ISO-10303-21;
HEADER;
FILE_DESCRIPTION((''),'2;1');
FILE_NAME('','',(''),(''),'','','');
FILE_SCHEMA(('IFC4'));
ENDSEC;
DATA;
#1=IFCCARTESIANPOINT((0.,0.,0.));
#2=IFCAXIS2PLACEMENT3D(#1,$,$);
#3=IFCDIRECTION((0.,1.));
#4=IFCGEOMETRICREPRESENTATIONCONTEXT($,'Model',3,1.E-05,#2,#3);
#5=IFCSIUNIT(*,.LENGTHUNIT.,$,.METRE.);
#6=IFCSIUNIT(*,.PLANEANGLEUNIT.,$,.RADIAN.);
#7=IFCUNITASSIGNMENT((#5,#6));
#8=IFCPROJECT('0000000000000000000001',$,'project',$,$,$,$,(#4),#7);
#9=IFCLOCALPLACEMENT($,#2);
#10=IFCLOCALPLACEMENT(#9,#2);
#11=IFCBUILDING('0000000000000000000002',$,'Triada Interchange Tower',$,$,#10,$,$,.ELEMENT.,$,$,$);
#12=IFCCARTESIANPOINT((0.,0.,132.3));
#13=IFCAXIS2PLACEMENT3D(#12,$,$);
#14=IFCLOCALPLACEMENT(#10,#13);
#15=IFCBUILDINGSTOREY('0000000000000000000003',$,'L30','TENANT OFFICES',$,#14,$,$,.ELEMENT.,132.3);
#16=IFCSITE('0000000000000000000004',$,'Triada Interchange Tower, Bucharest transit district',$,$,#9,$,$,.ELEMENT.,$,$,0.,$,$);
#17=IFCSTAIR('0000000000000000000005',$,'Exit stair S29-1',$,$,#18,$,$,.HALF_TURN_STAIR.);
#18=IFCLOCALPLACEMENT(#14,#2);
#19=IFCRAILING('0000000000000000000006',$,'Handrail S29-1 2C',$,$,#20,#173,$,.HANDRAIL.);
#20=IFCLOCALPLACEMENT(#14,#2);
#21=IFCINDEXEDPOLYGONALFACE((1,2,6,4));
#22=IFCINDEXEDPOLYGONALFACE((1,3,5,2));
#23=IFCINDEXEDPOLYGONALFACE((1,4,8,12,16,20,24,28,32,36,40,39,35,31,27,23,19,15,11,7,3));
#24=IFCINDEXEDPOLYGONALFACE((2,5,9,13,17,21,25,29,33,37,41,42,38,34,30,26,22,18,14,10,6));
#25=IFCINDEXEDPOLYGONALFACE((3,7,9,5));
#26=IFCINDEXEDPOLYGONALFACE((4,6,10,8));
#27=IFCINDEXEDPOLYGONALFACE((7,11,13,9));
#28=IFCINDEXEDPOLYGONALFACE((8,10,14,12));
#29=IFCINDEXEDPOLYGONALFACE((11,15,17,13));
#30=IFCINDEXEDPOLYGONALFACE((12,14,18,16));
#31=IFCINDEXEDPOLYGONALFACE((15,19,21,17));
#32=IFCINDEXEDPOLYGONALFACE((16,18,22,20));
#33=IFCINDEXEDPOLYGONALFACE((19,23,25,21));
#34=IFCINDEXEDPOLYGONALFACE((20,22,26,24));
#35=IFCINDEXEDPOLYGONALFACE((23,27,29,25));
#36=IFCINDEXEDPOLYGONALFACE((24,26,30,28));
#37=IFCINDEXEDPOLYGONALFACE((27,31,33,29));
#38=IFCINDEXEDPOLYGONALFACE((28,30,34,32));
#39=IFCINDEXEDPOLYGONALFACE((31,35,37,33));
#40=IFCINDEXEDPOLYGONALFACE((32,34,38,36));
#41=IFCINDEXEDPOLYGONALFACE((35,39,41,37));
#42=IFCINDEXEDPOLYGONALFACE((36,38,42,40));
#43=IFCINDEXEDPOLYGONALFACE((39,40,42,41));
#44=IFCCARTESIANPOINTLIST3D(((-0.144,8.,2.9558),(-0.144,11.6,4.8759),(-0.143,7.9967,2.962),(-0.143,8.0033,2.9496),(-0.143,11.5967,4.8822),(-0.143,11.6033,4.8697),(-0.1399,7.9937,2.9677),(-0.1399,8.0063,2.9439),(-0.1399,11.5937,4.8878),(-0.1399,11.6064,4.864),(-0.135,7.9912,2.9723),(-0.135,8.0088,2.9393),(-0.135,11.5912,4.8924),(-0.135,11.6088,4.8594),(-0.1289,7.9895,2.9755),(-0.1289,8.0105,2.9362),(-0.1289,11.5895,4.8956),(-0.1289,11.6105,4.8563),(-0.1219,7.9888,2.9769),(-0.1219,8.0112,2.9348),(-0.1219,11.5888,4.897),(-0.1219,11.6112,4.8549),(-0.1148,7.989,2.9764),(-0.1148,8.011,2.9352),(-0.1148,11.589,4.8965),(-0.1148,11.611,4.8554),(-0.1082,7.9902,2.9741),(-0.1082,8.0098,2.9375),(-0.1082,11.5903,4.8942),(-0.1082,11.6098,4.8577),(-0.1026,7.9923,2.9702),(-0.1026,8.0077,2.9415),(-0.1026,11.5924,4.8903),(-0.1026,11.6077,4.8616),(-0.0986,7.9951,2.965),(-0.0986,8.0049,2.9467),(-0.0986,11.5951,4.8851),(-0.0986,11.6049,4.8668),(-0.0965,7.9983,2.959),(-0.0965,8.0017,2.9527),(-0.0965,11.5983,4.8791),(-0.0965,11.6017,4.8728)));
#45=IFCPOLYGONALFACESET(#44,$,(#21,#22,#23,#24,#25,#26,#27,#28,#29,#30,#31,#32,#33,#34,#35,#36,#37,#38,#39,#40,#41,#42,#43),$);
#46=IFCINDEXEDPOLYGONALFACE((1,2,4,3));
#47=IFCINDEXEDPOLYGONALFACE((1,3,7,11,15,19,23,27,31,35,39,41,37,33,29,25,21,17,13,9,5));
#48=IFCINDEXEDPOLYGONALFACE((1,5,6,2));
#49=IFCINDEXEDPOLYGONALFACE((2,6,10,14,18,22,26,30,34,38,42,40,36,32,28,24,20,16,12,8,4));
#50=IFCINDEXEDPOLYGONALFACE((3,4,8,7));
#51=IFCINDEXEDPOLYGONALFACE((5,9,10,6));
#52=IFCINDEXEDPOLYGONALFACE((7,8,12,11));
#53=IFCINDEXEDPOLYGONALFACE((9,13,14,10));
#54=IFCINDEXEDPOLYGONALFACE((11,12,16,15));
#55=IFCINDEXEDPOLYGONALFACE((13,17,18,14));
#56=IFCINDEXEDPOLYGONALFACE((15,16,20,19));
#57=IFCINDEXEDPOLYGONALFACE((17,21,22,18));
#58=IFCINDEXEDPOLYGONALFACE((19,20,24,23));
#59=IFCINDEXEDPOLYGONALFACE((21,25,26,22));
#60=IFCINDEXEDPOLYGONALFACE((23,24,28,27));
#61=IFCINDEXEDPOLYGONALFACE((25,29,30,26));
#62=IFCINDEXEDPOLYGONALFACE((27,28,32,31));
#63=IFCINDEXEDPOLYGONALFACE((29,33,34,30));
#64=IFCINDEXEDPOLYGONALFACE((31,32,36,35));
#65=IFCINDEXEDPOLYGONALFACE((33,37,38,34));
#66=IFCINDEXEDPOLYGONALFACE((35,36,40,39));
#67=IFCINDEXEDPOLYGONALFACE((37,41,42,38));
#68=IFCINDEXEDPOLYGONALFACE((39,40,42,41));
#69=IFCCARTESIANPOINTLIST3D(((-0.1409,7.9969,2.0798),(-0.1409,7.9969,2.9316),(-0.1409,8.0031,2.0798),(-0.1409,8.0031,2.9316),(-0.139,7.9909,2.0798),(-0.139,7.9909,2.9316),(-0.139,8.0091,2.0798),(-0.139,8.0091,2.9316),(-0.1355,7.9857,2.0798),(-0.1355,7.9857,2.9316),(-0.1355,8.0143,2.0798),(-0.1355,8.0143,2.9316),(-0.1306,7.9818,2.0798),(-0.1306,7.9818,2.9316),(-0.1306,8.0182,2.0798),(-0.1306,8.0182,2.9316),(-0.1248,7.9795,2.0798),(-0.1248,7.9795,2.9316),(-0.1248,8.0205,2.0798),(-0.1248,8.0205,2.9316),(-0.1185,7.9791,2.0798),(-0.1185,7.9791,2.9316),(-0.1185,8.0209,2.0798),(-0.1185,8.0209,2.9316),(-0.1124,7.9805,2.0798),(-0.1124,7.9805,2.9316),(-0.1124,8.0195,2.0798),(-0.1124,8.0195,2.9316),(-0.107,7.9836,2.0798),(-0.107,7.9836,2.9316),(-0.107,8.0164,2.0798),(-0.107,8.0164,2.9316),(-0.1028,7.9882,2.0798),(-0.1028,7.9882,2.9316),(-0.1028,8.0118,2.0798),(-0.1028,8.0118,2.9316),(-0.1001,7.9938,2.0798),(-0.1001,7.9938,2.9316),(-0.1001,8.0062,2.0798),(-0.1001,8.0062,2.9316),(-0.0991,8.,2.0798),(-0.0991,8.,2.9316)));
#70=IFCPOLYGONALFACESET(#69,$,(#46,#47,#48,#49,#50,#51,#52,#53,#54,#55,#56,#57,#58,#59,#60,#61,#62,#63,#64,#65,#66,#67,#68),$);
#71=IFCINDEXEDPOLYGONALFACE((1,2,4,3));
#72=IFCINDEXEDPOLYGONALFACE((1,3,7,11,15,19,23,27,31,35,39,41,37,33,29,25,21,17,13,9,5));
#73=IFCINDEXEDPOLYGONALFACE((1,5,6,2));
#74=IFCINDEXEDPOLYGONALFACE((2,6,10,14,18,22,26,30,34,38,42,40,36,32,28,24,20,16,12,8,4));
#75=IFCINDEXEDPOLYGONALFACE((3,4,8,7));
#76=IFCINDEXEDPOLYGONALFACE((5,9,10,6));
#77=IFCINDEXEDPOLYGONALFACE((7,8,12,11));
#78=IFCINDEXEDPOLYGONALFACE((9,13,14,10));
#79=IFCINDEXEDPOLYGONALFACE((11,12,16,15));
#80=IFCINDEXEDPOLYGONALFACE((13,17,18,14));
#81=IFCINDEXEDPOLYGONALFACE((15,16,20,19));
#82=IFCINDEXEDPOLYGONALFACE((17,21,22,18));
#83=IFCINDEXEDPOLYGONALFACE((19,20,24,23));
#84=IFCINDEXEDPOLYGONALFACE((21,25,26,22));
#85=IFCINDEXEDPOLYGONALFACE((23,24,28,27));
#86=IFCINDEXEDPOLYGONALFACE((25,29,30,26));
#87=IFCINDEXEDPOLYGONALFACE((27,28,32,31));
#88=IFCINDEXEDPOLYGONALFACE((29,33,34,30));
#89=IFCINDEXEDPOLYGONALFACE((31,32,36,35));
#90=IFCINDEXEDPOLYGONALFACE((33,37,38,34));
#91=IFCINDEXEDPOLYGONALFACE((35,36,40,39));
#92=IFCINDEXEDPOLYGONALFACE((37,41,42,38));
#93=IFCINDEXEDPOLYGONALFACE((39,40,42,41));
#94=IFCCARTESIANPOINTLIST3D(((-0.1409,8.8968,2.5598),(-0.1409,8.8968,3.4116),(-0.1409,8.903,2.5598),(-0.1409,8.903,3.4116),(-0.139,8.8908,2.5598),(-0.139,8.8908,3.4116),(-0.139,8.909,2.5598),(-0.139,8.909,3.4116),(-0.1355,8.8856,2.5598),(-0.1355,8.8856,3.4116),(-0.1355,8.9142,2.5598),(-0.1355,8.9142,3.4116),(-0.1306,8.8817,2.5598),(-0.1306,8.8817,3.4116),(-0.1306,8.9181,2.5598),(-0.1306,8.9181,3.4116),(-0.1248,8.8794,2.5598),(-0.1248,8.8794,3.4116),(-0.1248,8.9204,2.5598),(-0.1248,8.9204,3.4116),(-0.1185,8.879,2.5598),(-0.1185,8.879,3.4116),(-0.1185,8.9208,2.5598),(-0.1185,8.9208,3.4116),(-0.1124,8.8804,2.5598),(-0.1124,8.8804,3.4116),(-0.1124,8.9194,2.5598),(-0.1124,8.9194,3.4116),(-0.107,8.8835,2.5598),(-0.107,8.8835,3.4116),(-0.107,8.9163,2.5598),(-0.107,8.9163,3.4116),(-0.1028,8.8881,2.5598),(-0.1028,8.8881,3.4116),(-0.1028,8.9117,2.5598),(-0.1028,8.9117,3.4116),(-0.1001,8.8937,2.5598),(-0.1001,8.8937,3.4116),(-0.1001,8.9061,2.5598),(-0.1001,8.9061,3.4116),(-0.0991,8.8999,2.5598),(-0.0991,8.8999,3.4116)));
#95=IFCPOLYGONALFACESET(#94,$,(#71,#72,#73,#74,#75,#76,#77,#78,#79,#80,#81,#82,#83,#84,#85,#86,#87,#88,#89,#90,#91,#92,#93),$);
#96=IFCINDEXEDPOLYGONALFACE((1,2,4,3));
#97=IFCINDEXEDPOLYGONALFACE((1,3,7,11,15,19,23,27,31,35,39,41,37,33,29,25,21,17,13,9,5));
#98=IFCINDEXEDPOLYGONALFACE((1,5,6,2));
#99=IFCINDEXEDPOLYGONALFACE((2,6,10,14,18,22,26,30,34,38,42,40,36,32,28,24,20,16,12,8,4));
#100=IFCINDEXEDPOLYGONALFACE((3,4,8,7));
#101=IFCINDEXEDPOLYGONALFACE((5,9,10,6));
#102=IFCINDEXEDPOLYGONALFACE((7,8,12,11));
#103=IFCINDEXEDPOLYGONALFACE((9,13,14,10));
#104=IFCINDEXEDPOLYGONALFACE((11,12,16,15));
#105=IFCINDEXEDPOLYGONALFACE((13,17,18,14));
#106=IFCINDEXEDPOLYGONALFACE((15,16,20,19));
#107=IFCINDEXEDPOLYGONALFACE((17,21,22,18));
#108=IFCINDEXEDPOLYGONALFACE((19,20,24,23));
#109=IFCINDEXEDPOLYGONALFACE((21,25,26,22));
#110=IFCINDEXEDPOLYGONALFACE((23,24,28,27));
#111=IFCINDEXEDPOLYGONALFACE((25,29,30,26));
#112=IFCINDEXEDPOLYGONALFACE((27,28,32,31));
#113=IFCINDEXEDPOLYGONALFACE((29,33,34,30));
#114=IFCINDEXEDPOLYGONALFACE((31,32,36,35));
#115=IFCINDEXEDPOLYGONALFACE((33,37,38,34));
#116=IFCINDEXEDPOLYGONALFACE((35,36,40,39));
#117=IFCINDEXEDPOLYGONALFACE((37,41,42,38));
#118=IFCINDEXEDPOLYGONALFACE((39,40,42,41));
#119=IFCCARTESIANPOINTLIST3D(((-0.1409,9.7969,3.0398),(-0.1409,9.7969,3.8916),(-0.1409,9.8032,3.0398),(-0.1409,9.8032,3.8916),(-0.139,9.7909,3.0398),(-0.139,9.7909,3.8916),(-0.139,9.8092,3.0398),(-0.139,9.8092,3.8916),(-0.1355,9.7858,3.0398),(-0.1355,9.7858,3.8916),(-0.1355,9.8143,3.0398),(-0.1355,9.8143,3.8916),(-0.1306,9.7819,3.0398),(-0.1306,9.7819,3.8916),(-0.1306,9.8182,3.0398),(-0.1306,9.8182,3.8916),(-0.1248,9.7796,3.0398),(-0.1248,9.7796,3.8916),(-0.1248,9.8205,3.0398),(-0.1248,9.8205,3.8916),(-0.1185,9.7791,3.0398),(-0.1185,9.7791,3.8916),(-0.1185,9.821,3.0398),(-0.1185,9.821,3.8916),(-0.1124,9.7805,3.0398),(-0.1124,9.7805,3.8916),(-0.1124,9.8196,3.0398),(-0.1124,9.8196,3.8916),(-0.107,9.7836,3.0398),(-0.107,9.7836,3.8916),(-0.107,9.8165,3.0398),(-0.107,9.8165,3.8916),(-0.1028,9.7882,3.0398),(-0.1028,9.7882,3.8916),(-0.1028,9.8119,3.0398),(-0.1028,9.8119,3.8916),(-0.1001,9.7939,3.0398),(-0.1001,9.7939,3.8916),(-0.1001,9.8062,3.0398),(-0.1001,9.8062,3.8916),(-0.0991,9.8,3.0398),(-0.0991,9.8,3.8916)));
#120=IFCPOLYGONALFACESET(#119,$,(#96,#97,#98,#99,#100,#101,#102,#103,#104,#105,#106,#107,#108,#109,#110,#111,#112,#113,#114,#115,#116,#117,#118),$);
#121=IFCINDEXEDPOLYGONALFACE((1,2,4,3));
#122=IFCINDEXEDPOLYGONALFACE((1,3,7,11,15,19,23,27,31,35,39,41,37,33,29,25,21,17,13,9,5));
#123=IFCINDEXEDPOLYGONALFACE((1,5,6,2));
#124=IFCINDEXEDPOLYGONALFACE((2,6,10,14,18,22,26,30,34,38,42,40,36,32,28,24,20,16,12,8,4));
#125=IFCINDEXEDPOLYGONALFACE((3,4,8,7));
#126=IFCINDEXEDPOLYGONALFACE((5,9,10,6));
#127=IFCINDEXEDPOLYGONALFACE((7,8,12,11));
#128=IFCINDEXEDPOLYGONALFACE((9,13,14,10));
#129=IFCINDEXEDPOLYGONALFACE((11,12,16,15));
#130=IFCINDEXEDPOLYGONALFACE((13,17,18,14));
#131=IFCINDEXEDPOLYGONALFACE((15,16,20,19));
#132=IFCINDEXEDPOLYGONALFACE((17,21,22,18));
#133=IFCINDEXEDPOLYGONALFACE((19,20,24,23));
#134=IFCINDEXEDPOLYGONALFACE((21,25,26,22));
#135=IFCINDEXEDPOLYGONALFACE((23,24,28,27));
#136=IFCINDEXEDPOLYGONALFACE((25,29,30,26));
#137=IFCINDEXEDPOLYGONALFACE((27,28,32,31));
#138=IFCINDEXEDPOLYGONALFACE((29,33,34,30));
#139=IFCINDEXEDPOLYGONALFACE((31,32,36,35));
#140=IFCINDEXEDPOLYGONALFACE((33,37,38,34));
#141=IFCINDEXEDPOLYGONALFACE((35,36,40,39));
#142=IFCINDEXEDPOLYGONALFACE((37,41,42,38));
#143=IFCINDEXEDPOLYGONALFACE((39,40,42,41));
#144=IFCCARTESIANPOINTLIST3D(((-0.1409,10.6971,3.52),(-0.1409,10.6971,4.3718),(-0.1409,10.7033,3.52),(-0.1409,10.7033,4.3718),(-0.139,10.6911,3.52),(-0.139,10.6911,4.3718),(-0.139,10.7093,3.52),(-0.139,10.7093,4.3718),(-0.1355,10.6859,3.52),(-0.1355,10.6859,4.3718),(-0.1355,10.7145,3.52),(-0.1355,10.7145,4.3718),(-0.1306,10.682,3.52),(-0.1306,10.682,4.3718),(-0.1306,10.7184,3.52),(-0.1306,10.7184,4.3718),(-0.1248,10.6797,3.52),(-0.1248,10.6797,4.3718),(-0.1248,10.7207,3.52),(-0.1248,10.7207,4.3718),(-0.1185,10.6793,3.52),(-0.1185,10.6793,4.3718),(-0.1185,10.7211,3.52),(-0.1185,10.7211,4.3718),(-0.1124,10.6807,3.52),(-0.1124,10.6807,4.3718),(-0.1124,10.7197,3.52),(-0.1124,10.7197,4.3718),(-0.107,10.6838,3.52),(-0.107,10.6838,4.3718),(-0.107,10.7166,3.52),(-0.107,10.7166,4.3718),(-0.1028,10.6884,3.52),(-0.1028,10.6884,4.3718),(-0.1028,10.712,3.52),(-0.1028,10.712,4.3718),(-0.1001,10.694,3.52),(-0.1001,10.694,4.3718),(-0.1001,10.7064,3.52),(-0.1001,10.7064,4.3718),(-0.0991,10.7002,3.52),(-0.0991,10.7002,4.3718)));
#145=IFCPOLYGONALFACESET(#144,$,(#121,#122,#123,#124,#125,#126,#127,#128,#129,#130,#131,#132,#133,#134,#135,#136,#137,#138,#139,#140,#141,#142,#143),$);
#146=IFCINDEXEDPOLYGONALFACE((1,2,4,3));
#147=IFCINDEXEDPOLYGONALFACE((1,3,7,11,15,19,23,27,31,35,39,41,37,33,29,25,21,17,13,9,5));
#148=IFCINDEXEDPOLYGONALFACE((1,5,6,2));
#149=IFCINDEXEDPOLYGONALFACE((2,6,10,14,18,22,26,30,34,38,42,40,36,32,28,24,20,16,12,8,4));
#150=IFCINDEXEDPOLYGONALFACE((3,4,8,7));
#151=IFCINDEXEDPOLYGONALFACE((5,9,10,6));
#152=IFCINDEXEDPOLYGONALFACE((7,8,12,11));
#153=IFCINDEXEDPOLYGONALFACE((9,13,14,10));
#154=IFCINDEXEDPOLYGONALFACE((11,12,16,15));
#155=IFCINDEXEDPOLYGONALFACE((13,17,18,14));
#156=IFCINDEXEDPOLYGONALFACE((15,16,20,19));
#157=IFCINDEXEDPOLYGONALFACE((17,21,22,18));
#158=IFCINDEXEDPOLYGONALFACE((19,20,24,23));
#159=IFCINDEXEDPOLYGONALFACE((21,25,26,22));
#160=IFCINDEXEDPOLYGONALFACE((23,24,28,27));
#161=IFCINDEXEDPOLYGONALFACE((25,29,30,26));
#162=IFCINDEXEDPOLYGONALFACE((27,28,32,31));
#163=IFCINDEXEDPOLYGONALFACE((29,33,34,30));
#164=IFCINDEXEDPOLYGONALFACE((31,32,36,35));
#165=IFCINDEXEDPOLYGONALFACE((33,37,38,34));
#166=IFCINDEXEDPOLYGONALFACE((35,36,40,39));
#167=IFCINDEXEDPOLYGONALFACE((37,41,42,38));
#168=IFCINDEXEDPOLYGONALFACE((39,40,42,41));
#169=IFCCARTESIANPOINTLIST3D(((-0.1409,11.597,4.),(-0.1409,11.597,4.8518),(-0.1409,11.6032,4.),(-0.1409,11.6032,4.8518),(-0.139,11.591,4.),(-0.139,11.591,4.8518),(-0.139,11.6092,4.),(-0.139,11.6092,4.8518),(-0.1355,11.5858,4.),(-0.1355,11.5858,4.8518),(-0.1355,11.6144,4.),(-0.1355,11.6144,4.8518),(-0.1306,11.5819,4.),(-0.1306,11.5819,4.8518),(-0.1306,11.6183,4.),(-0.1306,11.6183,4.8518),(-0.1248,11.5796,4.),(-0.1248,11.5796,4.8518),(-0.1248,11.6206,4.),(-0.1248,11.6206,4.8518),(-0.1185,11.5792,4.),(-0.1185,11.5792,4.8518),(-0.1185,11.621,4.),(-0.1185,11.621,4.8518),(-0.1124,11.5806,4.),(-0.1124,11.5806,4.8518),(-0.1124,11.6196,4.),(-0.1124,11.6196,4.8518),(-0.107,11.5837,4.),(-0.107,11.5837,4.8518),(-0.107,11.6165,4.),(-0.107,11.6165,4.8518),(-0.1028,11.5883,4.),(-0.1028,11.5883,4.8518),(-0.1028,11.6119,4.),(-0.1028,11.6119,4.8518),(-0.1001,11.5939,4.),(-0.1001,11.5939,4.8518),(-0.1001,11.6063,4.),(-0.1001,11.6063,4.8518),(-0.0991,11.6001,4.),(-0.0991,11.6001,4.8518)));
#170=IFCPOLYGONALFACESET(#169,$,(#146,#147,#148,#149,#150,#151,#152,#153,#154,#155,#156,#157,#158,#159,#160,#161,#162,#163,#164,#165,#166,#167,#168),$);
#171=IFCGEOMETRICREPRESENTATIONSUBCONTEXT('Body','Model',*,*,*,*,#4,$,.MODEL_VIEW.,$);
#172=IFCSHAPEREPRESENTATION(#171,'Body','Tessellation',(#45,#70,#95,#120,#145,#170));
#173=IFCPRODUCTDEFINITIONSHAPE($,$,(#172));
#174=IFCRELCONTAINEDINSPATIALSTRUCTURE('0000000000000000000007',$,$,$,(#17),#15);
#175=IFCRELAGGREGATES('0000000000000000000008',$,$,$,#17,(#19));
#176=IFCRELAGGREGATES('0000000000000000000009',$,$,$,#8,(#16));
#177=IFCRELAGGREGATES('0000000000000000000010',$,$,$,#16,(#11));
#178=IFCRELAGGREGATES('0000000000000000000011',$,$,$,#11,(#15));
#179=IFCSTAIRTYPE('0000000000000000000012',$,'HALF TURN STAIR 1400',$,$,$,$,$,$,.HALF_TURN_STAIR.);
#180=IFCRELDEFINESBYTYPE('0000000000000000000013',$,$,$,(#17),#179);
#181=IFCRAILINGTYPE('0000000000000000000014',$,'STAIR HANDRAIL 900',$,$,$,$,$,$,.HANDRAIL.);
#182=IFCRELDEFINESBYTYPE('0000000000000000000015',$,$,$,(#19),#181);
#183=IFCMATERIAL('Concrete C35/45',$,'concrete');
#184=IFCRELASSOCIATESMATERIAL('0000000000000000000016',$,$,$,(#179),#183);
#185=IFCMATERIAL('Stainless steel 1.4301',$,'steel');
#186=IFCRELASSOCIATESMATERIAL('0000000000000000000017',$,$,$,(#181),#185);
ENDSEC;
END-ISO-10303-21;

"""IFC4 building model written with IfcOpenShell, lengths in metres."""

from ifc_helpers import new_model, si_unit, direction, frame, origin, origin_2d, place, context, subcontext, project, spatial, circle, extrude, material, type_object, element, aggregate, save


model = new_model("IFC4")

# Units and contexts
model_context = context("Model", 3, precision=1e-05, world=origin(), true_north=direction((0.0, 1.0)))
body_context = subcontext(model_context, "Body", "Model", "MODEL_VIEW")
ifc_project = project(units=[si_unit("LENGTHUNIT", "METRE"), si_unit("PLANEANGLEUNIT", "RADIAN")], contexts=[model_context])

# Site, building, storey
site_placement = place(None, origin())
site = spatial("IfcSite", under=ifc_project, at=site_placement, Name="Triada Interchange Tower, Bucharest transit district", CompositionType="ELEMENT", RefElevation=0.0)
building_placement = place(site_placement, origin())
building = spatial("IfcBuilding", under=site, at=building_placement, Name="Triada Interchange Tower", CompositionType="ELEMENT")
storey_placement = place(building_placement, frame((0.0, 0.0, 132.3)))
storey = spatial("IfcBuildingStorey", under=building, at=storey_placement, Name="L30", Description="TENANT OFFICES", CompositionType="ELEMENT", Elevation=132.3)

# Stair, railing
ifc_material_1 = material(Name="Concrete C35/45", Category="concrete")
stair_type = type_object("IfcStairType", Name="HALF TURN STAIR 1400", PredefinedType="HALF_TURN_STAIR", material=ifc_material_1)
stair_placement = place(storey_placement, origin())
stair = element("IfcStair", 1, at=stair_placement, inside=storey, type_object=stair_type, Name="Exit stair S29-1", PredefinedType="HALF_TURN_STAIR")
ifc_material_2 = material(Name="Stainless steel 1.4301", Category="steel")
railing_type = type_object("IfcRailingType", Name="STAIR HANDRAIL 900", PredefinedType="HANDRAIL", material=ifc_material_2)
railing_1_placement = place(storey_placement, frame((-0.1201, 8.0, 2.0798)))
railing_1 = element("IfcRailing", 2, at=railing_1_placement, type_object=railing_type, Name="Handrail S29-1 2C", PredefinedType="HANDRAIL", context=body_context, shape_type="SweptSolid", body=[
    extrude(circle(Radius=0.0239, at=origin_2d()), frame((0.0, 0.0, 0.876), z_axis=(0.0, 0.882341, 0.47061), x_axis=(-1.0, 0.0, 0.0)), (0.0, 0.0, 1.0), 4.0801),
    extrude(circle(Radius=0.021, at=origin_2d()), origin(), (0.0, 0.0, 1.0), 0.8518),
    extrude(circle(Radius=0.021, at=origin_2d()), frame((0.0, 0.8999, 0.48)), (0.0, 0.0, 1.0), 0.8518),
    extrude(circle(Radius=0.021, at=origin_2d()), frame((0.0, 1.8, 0.96)), (0.0, 0.0, 1.0), 0.8518),
    extrude(circle(Radius=0.021, at=origin_2d()), frame((0.0, 2.7002, 1.4402)), (0.0, 0.0, 1.0), 0.8518),
    extrude(circle(Radius=0.021, at=origin_2d()), frame((0.0, 3.6001, 1.9202)), (0.0, 0.0, 1.0), 0.8518),
])
aggregate(stair, [railing_1])

save(model, "model.ifc")
